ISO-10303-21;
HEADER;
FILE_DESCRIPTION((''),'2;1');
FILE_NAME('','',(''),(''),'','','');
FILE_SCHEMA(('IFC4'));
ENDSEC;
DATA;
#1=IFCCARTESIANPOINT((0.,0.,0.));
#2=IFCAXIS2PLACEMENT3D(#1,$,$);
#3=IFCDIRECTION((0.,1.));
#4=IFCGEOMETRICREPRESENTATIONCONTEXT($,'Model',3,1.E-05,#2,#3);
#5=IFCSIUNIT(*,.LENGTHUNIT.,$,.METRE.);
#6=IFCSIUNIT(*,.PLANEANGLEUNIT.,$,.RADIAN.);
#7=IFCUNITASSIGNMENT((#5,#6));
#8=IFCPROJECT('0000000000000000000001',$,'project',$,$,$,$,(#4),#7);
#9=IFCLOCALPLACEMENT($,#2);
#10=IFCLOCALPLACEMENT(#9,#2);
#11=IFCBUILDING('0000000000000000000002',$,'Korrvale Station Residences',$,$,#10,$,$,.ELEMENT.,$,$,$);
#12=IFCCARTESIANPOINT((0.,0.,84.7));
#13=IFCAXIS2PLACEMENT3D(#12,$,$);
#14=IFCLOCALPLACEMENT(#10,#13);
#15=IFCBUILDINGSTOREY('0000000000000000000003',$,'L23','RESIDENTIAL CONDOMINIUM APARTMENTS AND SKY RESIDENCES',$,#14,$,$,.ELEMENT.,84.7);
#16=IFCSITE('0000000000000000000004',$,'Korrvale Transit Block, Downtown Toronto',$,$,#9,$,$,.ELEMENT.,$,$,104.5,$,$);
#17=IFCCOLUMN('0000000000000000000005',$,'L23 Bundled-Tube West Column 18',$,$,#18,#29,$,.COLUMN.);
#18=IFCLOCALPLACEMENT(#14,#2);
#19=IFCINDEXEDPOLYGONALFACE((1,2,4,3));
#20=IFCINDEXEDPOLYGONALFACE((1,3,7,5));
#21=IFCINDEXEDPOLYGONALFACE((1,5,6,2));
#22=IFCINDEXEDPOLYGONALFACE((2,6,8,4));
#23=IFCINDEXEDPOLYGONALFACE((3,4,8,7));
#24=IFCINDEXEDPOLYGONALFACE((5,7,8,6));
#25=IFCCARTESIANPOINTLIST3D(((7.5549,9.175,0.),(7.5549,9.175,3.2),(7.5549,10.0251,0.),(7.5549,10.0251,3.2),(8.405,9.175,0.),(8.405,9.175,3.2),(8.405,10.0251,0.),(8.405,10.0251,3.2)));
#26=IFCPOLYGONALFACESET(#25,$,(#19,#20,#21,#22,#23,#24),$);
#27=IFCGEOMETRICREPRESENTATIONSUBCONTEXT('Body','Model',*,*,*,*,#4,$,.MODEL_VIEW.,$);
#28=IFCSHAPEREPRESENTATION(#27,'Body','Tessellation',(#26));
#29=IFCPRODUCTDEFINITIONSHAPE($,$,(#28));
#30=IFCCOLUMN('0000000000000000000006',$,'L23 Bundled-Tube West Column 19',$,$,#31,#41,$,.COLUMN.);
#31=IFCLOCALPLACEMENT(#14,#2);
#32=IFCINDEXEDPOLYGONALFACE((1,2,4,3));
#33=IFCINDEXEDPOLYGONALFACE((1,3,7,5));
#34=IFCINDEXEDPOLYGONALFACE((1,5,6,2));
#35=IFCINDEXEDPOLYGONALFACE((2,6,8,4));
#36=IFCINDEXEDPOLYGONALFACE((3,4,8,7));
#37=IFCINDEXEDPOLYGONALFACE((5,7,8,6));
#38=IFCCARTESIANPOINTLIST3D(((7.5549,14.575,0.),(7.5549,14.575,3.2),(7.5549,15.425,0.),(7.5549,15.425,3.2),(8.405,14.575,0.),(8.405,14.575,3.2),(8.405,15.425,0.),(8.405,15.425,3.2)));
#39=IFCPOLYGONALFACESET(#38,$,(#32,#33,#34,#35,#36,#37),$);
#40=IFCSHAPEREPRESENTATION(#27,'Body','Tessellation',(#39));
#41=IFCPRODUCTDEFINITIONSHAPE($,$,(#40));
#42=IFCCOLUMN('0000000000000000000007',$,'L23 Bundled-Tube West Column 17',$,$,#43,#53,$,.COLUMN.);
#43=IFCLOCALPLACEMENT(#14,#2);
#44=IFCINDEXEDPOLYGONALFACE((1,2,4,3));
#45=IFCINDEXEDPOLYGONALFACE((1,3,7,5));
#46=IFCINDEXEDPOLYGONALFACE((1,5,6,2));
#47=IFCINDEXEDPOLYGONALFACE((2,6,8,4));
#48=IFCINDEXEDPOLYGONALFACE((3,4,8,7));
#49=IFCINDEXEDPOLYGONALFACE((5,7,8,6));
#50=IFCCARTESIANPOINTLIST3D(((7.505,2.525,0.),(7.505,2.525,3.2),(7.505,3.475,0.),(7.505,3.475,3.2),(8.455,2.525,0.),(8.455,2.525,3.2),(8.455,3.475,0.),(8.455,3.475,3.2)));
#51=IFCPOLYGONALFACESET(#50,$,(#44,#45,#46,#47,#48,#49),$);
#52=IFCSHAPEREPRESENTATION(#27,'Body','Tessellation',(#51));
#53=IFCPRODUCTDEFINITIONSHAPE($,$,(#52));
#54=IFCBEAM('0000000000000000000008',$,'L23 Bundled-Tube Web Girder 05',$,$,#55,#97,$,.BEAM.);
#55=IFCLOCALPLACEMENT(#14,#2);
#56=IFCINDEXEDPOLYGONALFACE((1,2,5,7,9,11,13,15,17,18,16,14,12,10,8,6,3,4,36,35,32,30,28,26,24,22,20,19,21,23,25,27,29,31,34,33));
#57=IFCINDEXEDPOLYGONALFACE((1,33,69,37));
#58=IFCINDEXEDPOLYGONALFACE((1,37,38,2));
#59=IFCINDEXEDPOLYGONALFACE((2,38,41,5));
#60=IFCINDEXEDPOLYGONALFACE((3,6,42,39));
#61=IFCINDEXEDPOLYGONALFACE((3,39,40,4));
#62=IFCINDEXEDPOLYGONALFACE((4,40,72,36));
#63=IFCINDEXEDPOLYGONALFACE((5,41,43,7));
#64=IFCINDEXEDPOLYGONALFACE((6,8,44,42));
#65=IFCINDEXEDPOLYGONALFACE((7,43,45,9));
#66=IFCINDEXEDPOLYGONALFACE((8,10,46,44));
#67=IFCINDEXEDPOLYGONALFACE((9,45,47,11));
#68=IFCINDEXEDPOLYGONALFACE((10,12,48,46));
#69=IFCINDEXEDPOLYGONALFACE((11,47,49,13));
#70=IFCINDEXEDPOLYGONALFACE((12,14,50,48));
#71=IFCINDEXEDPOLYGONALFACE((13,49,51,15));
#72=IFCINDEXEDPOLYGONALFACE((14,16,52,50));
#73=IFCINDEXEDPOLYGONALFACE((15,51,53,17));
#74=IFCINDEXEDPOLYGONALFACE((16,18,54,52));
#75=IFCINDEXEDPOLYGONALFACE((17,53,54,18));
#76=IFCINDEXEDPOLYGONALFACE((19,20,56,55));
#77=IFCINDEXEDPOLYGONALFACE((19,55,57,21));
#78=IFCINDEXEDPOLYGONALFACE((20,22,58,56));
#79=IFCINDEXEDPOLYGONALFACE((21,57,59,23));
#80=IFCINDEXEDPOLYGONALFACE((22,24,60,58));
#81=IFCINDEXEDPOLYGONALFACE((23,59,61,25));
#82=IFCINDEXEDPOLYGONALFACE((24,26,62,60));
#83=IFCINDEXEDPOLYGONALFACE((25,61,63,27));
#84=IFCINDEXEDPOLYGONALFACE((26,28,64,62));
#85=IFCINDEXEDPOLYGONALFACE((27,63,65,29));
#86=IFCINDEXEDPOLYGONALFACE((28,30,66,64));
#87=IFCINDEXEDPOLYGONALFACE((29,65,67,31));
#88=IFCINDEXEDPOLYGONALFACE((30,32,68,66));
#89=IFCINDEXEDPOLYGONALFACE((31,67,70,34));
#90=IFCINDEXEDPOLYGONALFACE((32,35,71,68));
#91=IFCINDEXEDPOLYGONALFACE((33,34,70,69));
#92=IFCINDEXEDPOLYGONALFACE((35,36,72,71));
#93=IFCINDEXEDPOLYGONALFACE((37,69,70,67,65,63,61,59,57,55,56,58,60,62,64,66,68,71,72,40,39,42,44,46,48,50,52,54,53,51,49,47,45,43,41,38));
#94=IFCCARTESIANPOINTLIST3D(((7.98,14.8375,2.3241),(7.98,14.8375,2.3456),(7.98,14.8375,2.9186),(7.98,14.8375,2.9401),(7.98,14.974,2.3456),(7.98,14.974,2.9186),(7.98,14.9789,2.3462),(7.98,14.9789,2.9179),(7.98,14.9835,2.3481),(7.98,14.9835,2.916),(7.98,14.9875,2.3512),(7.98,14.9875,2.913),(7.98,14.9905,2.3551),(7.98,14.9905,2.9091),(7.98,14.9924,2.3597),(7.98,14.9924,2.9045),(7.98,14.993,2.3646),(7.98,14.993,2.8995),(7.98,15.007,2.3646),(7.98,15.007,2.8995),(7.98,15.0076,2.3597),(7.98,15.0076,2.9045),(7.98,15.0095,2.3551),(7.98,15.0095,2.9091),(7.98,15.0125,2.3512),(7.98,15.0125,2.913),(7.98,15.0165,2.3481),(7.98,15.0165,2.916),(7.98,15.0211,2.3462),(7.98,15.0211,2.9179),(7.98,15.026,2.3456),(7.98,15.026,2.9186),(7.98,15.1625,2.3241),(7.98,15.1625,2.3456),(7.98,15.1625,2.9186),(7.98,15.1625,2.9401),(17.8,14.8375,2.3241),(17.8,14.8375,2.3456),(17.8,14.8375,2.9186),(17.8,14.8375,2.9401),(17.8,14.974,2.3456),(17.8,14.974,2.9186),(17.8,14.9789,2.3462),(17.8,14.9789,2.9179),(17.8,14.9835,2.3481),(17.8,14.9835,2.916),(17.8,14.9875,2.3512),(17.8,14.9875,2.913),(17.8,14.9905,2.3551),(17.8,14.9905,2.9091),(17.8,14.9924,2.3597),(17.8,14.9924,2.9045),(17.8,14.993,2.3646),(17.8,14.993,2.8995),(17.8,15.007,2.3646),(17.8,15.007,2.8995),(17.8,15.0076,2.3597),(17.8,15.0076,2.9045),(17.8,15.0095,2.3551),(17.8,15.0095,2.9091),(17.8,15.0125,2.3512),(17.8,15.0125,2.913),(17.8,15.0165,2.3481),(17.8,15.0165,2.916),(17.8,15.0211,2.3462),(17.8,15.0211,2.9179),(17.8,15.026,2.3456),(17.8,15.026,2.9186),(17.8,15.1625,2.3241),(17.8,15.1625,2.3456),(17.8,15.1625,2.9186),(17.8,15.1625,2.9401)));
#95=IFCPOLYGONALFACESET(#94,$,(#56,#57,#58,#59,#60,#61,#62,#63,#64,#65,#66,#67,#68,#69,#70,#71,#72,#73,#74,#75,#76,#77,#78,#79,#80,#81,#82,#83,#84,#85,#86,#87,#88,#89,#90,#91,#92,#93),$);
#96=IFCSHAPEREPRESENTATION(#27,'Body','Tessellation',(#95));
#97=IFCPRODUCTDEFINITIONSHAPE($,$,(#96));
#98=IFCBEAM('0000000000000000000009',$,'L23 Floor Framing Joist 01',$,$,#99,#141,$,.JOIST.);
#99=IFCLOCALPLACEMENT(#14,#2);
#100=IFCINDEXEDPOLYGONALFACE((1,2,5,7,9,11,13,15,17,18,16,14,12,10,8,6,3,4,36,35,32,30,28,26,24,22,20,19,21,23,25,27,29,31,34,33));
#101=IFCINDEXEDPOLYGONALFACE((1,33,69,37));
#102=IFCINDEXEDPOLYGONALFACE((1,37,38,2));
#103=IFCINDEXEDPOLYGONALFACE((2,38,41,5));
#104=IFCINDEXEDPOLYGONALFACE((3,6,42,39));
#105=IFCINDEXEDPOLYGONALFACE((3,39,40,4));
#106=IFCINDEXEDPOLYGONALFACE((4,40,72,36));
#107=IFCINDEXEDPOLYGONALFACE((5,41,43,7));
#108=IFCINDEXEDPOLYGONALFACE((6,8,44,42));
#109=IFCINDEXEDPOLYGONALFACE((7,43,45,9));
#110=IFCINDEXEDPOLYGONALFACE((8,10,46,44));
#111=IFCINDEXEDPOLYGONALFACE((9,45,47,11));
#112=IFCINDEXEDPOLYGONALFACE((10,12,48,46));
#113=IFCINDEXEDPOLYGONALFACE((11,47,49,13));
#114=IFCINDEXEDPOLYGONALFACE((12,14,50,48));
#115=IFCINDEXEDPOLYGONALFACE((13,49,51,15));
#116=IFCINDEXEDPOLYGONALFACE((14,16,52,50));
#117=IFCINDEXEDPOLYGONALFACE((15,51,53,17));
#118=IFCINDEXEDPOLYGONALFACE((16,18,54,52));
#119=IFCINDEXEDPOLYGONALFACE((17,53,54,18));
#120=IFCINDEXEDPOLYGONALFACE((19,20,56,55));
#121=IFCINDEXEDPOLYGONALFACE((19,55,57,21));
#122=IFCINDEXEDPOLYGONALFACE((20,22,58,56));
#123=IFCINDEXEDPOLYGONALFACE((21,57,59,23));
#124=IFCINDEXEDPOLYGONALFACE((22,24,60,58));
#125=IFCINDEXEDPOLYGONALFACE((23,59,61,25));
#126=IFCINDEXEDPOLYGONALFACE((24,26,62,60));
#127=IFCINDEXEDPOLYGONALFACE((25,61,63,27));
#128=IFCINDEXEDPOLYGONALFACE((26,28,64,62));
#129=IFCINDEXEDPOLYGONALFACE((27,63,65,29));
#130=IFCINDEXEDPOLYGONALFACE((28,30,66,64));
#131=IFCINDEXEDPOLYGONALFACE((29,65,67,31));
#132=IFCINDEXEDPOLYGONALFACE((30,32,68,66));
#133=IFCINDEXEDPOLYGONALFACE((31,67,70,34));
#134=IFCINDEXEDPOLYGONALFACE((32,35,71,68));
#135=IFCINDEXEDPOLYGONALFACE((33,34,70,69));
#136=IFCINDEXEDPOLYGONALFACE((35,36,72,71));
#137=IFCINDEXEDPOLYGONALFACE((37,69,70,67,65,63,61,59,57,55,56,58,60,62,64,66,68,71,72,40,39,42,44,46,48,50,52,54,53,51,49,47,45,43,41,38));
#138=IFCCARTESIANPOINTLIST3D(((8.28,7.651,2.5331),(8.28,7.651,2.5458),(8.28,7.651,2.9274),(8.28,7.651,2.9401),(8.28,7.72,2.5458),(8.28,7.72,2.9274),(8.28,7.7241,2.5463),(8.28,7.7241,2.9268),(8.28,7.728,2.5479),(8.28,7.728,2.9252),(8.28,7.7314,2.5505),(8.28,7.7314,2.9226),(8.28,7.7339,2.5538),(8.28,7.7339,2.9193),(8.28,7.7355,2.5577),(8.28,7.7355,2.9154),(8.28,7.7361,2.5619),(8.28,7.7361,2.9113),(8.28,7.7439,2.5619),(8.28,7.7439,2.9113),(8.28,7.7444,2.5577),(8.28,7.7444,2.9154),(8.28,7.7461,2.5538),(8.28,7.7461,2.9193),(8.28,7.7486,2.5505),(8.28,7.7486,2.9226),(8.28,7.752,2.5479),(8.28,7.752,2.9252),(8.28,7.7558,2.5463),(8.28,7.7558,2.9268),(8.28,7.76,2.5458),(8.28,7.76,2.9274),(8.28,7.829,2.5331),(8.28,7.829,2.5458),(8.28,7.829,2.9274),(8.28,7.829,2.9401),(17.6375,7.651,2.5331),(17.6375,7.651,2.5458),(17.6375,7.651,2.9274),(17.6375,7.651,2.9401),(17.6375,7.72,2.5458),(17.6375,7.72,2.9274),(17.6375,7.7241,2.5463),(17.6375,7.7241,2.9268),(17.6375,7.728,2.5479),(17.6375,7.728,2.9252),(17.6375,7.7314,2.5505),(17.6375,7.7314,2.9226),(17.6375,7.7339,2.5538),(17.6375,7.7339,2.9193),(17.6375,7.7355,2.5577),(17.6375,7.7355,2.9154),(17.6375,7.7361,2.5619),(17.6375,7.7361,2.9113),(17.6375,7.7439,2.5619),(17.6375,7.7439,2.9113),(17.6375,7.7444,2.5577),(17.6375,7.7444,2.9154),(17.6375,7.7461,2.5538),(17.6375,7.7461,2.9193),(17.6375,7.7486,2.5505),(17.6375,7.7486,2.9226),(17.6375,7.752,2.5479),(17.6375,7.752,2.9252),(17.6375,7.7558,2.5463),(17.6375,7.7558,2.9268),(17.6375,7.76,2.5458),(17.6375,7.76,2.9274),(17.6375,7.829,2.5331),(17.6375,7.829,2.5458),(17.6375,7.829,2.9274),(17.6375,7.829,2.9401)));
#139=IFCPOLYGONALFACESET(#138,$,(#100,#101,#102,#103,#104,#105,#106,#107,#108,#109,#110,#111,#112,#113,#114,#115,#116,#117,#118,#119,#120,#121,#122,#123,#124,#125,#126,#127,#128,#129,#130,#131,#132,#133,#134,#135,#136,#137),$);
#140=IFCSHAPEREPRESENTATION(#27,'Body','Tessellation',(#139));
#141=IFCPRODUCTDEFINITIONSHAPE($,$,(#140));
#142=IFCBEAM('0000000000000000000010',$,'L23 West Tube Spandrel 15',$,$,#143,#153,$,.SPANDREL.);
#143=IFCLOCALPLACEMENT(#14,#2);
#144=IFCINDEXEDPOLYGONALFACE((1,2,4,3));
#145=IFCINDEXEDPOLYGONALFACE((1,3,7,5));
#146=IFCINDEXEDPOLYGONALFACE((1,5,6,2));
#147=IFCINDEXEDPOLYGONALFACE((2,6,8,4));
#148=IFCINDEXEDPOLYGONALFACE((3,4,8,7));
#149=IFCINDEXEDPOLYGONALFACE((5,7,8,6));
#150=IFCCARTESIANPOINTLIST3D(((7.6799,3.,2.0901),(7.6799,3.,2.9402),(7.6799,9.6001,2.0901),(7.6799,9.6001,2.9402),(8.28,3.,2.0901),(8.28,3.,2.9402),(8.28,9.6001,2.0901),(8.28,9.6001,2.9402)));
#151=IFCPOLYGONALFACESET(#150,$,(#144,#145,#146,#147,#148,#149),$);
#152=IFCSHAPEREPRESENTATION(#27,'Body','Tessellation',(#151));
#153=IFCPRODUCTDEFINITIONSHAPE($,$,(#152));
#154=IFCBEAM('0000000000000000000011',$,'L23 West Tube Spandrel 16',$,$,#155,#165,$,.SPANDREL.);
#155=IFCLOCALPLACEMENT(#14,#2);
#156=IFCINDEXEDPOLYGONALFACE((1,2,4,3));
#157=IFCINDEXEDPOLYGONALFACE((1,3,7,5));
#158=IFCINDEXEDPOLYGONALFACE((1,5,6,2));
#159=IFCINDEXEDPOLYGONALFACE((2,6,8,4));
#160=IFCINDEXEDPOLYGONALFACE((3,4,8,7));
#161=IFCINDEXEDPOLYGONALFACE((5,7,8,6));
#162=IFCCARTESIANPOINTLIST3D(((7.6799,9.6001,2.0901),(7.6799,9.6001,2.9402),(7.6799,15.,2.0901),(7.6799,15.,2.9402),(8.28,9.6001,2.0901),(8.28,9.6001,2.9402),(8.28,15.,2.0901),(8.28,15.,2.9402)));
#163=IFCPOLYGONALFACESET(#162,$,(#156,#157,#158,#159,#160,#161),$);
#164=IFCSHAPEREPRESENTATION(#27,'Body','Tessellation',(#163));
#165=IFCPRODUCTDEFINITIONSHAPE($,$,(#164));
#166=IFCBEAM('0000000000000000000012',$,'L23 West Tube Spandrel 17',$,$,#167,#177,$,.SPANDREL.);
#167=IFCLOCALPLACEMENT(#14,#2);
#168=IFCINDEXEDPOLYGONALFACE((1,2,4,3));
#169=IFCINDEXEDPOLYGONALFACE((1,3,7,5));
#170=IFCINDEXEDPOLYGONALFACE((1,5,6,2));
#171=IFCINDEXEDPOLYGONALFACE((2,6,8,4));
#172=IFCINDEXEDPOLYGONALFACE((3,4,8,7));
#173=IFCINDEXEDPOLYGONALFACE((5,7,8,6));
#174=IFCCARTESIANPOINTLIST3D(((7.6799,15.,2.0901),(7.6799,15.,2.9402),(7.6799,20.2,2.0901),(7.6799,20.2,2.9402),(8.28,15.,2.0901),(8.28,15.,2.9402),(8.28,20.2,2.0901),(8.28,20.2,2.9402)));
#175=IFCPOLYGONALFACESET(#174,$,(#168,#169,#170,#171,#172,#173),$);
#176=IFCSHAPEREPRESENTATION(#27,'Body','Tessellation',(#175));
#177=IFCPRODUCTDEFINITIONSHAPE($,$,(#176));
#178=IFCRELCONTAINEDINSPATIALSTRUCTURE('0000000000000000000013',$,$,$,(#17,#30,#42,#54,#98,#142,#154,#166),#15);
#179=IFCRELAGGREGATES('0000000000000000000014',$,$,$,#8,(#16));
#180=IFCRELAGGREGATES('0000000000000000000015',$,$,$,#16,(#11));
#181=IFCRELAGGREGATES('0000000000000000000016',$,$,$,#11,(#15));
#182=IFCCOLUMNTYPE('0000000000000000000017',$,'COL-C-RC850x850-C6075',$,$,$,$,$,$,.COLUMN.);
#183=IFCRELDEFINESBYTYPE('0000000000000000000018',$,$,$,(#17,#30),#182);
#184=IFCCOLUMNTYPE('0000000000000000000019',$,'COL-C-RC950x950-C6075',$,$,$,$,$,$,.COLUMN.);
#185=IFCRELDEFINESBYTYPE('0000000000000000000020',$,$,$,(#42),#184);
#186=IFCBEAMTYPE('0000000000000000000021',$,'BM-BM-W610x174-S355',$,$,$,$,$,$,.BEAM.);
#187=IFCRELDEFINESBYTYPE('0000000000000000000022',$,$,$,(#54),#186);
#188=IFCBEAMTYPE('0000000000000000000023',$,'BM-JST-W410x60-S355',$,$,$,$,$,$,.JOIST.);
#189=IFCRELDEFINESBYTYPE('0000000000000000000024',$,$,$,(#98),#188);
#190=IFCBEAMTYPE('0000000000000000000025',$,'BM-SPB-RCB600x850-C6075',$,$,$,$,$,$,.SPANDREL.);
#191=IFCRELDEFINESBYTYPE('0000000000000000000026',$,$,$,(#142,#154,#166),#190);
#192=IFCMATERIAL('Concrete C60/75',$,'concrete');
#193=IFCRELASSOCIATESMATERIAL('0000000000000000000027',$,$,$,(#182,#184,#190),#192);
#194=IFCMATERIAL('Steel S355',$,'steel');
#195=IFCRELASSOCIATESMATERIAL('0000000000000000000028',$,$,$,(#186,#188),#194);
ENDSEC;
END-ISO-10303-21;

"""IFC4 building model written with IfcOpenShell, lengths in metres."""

from ifc_helpers import new_model, si_unit, direction, frame, origin, origin_2d, place, context, subcontext, project, spatial, rectangle, i_section, extrude, material, material_profile, profile_set, type_object, element, save


model = new_model("IFC4")

# Units and contexts
model_context = context("Model", 3, precision=1e-05, world=origin(), true_north=direction((0.0, 1.0)))
body_context = subcontext(model_context, "Body", "Model", "MODEL_VIEW")
ifc_project = project(units=[si_unit("LENGTHUNIT", "METRE"), si_unit("PLANEANGLEUNIT", "RADIAN")], contexts=[model_context])

# Site, building, storey
site_placement = place(None, origin())
site = spatial("IfcSite", under=ifc_project, at=site_placement, Name="Korrvale Transit Block, Downtown Toronto", CompositionType="ELEMENT", RefElevation=104.5)
building_placement = place(site_placement, origin())
building = spatial("IfcBuilding", under=site, at=building_placement, Name="Korrvale Station Residences", CompositionType="ELEMENT")
storey_placement = place(building_placement, frame((0.0, 0.0, 84.7)))
storey = spatial("IfcBuildingStorey", under=building, at=storey_placement, Name="L23", Description="RESIDENTIAL CONDOMINIUM APARTMENTS AND SKY RESIDENCES", CompositionType="ELEMENT", Elevation=84.7)

# Columns
ifc_material_1 = material(Name="Concrete C60/75", Category="concrete")
ifc_material_profile_1 = material_profile(ifc_material_1, rectangle(XDim=0.8501, YDim=0.8501, at=origin_2d()), Name="RC850x850")
ifc_profile_set_1 = profile_set([ifc_material_profile_1], Name="Concrete C60/75")
column_type_1 = type_object("IfcColumnType", Name="COL-C-RC850x850-C6075", PredefinedType="COLUMN", material=ifc_profile_set_1)
for number, where, z_axis, x_axis, name in (
    (1, (7.98, 9.6001, 0.0), (0.0, 0.0, 1.0), (1.0, 0.0, 0.0), "L23 Bundled-Tube West Column 18"),
    (2, (7.98, 15.0, 0.0), (0.0, 0.0, 1.0), (1.0, 0.0, 0.0), "L23 Bundled-Tube West Column 19"),
):
    element("IfcColumn", number, at=place(storey_placement, frame(where, z_axis=z_axis, x_axis=x_axis)), inside=storey, type_object=column_type_1, Name=name, PredefinedType="COLUMN", context=body_context, shape_type="SweptSolid", body=[
        extrude(rectangle(XDim=0.8501, YDim=0.8501, at=origin_2d()), origin(), (0.0, 0.0, 1.0), 3.2),
    ])
ifc_material_profile_2 = material_profile(ifc_material_1, rectangle(XDim=0.95, YDim=0.95, at=origin_2d()), Name="RC950x950")
ifc_profile_set_2 = profile_set([ifc_material_profile_2], Name="Concrete C60/75")
column_type_2 = type_object("IfcColumnType", Name="COL-C-RC950x950-C6075", PredefinedType="COLUMN", material=ifc_profile_set_2)
column_placement = place(storey_placement, frame((7.98, 3.0, 0.0), z_axis=(0.0, 0.0, 1.0), x_axis=(1.0, 0.0, 0.0)))
element("IfcColumn", 3, at=column_placement, inside=storey, type_object=column_type_2, Name="L23 Bundled-Tube West Column 17", PredefinedType="COLUMN", context=body_context, shape_type="SweptSolid", body=[
    extrude(rectangle(XDim=0.95, YDim=0.95, at=origin_2d()), origin(), (0.0, 0.0, 1.0), 3.2),
])

# Beams
ifc_material_2 = material(Name="Steel S355", Category="steel")
ifc_material_profile_3 = material_profile(ifc_material_2, i_section(OverallWidth=0.325, OverallDepth=0.616, WebThickness=0.0139, FlangeThickness=0.0215, FilletRadius=0.019, at=origin_2d()), Name="W610x174")
ifc_profile_set_3 = profile_set([ifc_material_profile_3], Name="Steel S355")
beam_type_1 = type_object("IfcBeamType", Name="BM-BM-W610x174-S355", PredefinedType="BEAM", material=ifc_profile_set_3)
beam_1_placement = place(storey_placement, frame((7.98, 15.0, 2.6321), z_axis=(1.0, 0.0, 0.0), x_axis=(0.0, 1.0, 0.0)))
element("IfcBeam", 4, at=beam_1_placement, inside=storey, type_object=beam_type_1, Name="L23 Bundled-Tube Web Girder 05", PredefinedType="BEAM", context=body_context, shape_type="SweptSolid", body=[
    extrude(i_section(OverallWidth=0.325, OverallDepth=0.616, WebThickness=0.0139, FlangeThickness=0.0215, FilletRadius=0.019, at=origin_2d()), origin(), (0.0, 0.0, 1.0), 9.8201),
])
ifc_material_profile_4 = material_profile(ifc_material_2, i_section(OverallWidth=0.178, OverallDepth=0.407, WebThickness=0.0078, FlangeThickness=0.0127, FilletRadius=0.0161, at=origin_2d()), Name="W410x60")
ifc_profile_set_4 = profile_set([ifc_material_profile_4], Name="Steel S355")
beam_type_2 = type_object("IfcBeamType", Name="BM-JST-W410x60-S355", PredefinedType="JOIST", material=ifc_profile_set_4)
beam_2_placement = place(storey_placement, frame((8.28, 7.74, 2.7366), z_axis=(1.0, 0.0, 0.0), x_axis=(0.0, 1.0, 0.0)))
element("IfcBeam", 5, at=beam_2_placement, inside=storey, type_object=beam_type_2, Name="L23 Floor Framing Joist 01", PredefinedType="JOIST", context=body_context, shape_type="SweptSolid", body=[
    extrude(i_section(OverallWidth=0.178, OverallDepth=0.407, WebThickness=0.0078, FlangeThickness=0.0127, FilletRadius=0.0161, at=origin_2d()), origin(), (0.0, 0.0, 1.0), 9.3574),
])
ifc_material_profile_5 = material_profile(ifc_material_1, rectangle(XDim=0.6001, YDim=0.8501, at=origin_2d()), Name="RCB600x850")
ifc_profile_set_5 = profile_set([ifc_material_profile_5], Name="Concrete C60/75")
beam_type_3 = type_object("IfcBeamType", Name="BM-SPB-RCB600x850-C6075", PredefinedType="SPANDREL", material=ifc_profile_set_5)
beam_3_placement = place(storey_placement, frame((7.98, 3.0, 2.5151), z_axis=(0.0, 1.0, 0.0), x_axis=(-1.0, 0.0, 0.0)))
element("IfcBeam", 6, at=beam_3_placement, inside=storey, type_object=beam_type_3, Name="L23 West Tube Spandrel 15", PredefinedType="SPANDREL", context=body_context, shape_type="SweptSolid", body=[
    extrude(rectangle(XDim=0.6001, YDim=0.8501, at=origin_2d()), origin(), (0.0, 0.0, 1.0), 6.6001),
])
beam_4_placement = place(storey_placement, frame((7.98, 9.6001, 2.5151), z_axis=(0.0, 1.0, 0.0), x_axis=(-1.0, 0.0, 0.0)))
element("IfcBeam", 7, at=beam_4_placement, inside=storey, type_object=beam_type_3, Name="L23 West Tube Spandrel 16", PredefinedType="SPANDREL", context=body_context, shape_type="SweptSolid", body=[
    extrude(rectangle(XDim=0.6001, YDim=0.8501, at=origin_2d()), origin(), (0.0, 0.0, 1.0), 5.3999),
])
beam_5_placement = place(storey_placement, frame((7.98, 15.0, 2.5151), z_axis=(0.0, 1.0, 0.0), x_axis=(-1.0, 0.0, 0.0)))
element("IfcBeam", 8, at=beam_5_placement, inside=storey, type_object=beam_type_3, Name="L23 West Tube Spandrel 17", PredefinedType="SPANDREL", context=body_context, shape_type="SweptSolid", body=[
    extrude(rectangle(XDim=0.6001, YDim=0.8501, at=origin_2d()), origin(), (0.0, 0.0, 1.0), 5.2),
])

save(model, "model.ifc")
